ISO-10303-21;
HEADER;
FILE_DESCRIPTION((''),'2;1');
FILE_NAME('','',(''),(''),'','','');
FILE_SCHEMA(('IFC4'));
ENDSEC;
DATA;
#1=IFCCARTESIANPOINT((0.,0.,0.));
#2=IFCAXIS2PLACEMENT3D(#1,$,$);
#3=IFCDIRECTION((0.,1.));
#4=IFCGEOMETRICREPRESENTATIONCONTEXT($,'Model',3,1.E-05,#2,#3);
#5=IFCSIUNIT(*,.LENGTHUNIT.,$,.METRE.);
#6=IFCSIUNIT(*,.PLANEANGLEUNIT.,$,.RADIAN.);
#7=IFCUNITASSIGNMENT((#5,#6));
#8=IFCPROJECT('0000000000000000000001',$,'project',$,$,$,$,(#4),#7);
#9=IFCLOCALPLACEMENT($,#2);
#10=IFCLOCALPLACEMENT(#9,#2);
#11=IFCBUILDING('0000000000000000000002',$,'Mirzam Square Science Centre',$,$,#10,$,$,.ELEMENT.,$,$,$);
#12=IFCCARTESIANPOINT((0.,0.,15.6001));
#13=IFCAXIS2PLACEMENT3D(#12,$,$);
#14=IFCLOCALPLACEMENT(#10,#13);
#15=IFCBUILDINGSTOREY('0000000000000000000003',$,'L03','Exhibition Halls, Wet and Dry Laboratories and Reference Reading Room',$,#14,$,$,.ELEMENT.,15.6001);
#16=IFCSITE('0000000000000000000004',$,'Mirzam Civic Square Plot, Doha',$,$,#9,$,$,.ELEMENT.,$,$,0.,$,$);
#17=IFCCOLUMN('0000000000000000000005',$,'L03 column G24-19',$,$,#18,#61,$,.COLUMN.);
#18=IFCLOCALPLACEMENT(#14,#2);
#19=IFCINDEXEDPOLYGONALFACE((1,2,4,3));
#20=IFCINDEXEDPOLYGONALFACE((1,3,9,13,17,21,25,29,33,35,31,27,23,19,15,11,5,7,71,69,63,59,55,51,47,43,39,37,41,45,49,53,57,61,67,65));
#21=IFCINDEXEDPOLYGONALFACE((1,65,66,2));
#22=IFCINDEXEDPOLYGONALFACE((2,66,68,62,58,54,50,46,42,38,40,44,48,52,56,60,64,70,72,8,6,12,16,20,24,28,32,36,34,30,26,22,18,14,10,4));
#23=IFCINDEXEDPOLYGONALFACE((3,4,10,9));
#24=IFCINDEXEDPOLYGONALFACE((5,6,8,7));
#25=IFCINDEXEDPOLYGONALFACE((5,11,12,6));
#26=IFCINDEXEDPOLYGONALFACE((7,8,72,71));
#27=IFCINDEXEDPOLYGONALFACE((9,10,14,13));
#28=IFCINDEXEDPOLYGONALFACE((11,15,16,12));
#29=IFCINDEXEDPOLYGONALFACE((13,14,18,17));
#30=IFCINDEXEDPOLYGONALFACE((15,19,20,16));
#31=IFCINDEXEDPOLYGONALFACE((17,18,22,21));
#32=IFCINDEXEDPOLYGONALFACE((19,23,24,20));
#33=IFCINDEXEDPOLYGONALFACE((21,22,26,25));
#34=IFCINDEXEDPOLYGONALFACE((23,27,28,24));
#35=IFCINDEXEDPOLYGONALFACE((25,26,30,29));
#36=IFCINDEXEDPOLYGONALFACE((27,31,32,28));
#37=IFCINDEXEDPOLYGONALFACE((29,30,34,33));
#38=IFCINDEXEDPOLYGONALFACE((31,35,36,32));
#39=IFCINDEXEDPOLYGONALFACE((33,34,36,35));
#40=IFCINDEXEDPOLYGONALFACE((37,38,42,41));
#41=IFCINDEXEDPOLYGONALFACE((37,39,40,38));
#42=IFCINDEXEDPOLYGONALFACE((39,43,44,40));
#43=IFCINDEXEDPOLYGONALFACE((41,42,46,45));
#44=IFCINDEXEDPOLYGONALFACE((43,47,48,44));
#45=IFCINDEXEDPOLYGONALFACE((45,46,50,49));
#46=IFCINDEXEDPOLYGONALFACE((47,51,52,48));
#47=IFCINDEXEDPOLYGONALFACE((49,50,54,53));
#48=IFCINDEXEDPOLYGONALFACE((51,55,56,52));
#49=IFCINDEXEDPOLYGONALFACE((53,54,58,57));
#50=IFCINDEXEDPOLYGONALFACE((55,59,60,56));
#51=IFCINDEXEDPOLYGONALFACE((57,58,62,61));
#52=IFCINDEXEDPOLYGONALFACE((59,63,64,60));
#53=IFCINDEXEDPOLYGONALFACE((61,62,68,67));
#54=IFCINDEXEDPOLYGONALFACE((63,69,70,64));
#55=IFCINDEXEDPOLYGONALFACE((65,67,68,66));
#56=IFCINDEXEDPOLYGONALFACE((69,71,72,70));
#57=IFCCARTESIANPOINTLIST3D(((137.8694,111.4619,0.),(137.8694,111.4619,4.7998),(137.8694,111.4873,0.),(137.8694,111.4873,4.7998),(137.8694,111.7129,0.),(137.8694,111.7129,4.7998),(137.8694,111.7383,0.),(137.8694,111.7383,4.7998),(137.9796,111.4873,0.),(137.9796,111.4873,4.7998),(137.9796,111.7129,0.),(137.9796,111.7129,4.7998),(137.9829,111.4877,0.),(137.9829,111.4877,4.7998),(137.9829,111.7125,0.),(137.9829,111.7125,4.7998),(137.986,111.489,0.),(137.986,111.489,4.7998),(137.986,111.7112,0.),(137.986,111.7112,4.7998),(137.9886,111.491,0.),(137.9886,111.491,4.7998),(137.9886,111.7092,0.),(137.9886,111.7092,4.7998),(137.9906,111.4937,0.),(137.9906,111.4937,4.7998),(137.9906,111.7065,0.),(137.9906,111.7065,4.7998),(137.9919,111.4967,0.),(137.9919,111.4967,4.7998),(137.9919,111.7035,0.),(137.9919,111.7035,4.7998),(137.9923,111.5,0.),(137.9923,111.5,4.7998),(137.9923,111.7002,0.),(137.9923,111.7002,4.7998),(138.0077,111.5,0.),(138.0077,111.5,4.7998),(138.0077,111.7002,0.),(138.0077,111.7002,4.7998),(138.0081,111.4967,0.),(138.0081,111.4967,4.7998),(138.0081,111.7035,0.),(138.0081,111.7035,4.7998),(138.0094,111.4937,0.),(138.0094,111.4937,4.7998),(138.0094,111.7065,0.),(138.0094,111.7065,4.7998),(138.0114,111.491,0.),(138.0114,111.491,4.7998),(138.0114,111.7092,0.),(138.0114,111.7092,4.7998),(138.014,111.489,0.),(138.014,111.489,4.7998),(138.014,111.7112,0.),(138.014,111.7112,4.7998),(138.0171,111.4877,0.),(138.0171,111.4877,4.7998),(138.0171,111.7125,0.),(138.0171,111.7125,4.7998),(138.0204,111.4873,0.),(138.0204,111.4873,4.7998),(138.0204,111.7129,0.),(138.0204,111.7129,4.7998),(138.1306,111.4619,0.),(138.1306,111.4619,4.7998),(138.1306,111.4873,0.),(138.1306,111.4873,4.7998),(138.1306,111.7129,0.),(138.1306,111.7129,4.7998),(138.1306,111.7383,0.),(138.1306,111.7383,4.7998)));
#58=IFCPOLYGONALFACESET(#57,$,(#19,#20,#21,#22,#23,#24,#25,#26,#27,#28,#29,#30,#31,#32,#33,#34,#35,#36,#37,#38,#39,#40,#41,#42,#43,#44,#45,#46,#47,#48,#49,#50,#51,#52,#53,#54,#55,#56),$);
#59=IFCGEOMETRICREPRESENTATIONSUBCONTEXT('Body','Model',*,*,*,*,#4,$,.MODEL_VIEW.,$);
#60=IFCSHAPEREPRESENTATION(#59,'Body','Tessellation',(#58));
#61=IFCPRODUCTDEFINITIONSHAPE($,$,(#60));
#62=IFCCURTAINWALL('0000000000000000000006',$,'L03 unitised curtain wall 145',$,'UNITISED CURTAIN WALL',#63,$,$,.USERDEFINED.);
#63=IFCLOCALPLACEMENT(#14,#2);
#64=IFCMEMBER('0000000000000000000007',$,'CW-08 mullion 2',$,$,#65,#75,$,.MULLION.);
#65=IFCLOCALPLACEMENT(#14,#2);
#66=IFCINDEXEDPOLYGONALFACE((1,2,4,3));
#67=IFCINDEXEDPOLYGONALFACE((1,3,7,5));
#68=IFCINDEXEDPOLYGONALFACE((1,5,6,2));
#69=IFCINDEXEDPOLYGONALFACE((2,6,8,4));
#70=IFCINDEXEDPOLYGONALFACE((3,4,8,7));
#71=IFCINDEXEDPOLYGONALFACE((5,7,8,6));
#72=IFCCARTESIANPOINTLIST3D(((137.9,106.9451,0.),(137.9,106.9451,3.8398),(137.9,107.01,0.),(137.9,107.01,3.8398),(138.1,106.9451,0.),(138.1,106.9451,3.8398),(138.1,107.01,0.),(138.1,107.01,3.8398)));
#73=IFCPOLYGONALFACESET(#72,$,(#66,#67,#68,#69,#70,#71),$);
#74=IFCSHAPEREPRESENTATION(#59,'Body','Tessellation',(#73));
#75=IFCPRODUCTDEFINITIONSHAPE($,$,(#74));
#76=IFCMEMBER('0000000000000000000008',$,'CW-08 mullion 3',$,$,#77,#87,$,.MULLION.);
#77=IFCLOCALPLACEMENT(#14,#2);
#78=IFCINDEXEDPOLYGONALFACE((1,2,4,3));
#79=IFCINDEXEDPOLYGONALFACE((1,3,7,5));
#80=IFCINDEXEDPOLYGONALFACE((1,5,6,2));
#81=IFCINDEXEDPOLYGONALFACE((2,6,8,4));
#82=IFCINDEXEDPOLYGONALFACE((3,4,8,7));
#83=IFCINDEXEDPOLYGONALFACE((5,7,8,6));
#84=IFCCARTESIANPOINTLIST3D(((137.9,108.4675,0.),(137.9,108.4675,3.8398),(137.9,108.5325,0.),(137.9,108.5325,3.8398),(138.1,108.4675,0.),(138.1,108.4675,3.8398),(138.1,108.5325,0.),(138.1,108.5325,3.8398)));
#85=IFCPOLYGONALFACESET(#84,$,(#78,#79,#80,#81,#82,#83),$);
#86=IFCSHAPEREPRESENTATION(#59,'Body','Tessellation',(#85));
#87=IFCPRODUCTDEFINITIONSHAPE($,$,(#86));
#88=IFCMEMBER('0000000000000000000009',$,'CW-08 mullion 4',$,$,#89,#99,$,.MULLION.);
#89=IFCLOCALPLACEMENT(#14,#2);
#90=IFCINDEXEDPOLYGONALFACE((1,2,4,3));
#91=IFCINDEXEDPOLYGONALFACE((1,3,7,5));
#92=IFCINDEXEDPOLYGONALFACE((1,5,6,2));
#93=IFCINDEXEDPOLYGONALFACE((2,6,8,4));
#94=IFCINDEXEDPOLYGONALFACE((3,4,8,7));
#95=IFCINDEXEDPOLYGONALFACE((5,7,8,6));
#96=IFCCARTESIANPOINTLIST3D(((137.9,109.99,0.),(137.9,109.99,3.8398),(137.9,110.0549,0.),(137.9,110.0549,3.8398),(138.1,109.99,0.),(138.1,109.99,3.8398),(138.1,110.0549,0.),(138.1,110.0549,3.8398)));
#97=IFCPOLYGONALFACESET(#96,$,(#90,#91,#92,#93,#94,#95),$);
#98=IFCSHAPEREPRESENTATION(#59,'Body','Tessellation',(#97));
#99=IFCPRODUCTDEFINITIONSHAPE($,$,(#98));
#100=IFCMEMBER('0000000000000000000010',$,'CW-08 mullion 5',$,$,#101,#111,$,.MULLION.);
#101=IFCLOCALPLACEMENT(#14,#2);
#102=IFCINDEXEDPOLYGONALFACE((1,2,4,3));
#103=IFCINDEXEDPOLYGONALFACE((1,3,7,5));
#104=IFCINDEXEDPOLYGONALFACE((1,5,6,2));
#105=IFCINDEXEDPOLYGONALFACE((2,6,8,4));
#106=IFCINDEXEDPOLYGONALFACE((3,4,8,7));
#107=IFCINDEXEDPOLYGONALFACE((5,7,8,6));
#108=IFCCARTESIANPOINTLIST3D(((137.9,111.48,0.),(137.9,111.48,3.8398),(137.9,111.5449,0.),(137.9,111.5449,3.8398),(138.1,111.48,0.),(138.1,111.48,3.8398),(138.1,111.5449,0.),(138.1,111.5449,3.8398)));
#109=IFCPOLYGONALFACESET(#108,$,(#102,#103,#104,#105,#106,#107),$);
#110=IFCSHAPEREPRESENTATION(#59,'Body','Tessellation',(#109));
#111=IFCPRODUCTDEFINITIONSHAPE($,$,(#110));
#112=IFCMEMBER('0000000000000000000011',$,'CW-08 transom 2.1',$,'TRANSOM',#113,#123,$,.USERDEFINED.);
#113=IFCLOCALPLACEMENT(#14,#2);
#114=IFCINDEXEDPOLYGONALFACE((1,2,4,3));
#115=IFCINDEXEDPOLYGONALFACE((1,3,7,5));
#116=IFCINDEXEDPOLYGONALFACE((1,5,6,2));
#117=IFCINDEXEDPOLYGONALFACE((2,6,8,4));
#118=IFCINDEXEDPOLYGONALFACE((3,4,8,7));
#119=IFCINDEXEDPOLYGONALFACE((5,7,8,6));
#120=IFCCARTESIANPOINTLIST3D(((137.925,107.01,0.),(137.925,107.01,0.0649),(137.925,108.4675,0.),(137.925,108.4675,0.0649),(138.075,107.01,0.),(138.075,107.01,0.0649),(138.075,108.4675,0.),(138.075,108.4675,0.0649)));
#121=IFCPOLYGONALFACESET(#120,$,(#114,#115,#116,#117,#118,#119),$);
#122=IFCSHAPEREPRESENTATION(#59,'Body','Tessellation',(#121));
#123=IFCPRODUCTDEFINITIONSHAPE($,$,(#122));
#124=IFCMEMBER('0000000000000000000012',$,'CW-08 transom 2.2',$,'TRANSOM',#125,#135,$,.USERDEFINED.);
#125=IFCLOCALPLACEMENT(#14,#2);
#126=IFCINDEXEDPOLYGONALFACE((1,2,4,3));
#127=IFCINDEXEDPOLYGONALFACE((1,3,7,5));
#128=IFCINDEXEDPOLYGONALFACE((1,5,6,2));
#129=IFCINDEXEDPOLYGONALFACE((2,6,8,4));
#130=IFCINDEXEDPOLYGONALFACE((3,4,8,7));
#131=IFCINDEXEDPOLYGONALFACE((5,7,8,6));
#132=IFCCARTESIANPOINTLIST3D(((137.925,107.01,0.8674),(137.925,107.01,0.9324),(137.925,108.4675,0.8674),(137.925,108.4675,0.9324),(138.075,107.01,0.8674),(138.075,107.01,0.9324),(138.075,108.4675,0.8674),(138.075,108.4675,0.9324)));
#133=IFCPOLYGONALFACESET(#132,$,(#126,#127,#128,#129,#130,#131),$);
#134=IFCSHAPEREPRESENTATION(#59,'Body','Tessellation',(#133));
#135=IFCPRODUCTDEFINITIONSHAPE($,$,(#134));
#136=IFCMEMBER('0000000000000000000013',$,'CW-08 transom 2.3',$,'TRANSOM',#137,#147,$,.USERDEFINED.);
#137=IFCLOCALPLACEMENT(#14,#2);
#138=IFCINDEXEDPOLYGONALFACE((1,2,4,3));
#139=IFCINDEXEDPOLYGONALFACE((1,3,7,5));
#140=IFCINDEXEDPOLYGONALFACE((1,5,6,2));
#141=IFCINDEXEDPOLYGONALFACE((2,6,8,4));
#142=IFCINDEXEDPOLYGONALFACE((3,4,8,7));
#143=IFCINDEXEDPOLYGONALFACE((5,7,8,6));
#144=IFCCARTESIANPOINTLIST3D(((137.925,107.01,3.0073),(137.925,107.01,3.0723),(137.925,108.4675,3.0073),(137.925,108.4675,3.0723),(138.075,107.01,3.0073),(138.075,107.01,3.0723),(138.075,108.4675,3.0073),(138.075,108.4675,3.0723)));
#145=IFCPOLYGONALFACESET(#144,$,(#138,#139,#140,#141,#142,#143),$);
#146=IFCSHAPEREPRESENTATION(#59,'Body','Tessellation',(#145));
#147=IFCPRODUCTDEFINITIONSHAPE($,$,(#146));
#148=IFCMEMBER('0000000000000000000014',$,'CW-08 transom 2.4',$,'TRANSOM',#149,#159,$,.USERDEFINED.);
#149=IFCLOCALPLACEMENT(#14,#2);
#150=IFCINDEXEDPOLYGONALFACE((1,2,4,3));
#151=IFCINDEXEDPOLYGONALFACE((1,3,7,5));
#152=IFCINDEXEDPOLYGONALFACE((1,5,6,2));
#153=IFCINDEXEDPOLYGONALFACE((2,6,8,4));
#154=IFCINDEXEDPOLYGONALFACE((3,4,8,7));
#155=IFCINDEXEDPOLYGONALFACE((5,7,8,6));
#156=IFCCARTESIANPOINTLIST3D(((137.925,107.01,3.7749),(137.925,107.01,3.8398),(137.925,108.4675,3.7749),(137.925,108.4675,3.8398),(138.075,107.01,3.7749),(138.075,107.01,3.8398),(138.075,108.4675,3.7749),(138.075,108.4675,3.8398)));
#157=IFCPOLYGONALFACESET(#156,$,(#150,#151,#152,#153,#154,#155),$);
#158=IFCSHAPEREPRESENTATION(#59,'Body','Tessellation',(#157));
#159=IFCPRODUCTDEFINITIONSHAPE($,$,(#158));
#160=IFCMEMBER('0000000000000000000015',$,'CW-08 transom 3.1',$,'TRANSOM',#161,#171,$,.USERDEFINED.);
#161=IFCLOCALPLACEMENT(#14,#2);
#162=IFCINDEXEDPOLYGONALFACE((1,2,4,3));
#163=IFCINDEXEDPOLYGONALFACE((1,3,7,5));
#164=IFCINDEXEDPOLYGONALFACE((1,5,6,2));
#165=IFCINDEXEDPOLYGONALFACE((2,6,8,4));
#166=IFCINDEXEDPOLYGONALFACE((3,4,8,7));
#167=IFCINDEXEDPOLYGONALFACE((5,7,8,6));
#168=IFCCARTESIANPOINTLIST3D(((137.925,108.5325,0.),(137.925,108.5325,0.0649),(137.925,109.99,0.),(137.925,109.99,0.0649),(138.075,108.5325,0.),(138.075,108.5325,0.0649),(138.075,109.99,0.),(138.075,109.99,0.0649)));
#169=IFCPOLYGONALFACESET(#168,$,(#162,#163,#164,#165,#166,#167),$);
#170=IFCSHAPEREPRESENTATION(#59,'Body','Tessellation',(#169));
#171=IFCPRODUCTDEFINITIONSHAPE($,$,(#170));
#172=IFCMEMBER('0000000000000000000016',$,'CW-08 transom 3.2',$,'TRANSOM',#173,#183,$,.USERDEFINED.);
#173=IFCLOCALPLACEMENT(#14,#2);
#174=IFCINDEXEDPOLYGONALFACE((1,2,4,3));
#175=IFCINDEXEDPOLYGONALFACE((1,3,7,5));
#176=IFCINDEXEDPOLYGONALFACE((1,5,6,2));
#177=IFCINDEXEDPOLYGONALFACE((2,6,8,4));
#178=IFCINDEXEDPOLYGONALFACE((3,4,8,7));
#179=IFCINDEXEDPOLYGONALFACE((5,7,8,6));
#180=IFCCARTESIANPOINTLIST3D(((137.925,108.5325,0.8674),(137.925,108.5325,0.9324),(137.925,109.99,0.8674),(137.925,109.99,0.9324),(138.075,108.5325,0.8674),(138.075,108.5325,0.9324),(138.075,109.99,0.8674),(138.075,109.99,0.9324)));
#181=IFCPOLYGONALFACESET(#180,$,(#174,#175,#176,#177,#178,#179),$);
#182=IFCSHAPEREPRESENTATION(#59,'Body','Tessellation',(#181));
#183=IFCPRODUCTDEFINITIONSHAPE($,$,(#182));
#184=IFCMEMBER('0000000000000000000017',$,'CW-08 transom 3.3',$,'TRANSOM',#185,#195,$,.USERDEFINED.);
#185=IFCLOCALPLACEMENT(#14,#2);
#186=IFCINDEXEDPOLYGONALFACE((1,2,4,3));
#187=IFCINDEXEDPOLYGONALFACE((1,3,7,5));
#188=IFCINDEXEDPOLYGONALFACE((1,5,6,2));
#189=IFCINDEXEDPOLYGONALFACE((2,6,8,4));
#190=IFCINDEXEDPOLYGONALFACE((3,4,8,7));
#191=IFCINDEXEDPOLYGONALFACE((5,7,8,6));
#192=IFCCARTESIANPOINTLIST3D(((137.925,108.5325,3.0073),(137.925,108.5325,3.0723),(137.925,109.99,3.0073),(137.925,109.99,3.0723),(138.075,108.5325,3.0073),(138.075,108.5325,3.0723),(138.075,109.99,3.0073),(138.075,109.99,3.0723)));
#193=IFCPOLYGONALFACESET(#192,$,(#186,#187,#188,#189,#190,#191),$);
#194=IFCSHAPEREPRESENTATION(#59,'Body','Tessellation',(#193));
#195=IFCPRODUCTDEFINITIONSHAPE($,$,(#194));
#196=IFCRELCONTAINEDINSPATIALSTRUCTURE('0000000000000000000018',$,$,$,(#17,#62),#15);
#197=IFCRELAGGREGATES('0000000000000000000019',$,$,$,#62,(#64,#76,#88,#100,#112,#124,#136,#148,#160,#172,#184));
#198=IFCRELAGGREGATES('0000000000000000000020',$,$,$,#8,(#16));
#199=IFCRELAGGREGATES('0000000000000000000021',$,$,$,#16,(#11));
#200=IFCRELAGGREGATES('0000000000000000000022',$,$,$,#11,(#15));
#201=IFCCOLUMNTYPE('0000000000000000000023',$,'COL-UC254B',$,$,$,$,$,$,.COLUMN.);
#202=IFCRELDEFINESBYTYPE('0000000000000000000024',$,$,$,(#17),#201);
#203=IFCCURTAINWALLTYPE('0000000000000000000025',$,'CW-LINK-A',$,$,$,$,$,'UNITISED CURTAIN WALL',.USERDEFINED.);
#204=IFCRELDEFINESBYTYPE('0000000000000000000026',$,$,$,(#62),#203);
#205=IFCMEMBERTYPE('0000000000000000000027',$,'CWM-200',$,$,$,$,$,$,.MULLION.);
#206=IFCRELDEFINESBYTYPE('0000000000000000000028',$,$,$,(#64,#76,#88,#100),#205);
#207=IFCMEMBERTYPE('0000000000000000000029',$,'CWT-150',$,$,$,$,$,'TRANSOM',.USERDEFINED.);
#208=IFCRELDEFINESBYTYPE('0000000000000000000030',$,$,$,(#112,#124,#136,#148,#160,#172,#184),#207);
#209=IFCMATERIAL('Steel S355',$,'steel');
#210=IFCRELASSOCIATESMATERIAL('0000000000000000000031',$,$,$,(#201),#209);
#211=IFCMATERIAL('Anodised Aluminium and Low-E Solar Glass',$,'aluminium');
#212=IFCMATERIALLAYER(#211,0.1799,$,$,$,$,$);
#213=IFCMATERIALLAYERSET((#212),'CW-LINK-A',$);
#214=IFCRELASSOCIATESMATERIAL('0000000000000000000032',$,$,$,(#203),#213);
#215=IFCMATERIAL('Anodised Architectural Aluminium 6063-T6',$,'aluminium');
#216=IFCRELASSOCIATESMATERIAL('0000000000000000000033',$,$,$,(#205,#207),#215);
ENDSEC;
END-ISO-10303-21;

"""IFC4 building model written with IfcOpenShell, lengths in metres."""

from ifc_helpers import new_model, si_unit, direction, frame, origin, origin_2d, place, context, subcontext, project, spatial, rectangle, i_section, extrude, material, layer, layer_set, material_profile, profile_set, type_object, element, aggregate, save


model = new_model("IFC4")

# Units and contexts
model_context = context("Model", 3, precision=1e-05, world=origin(), true_north=direction((0.0, 1.0)))
body_context = subcontext(model_context, "Body", "Model", "MODEL_VIEW")
ifc_project = project(units=[si_unit("LENGTHUNIT", "METRE"), si_unit("PLANEANGLEUNIT", "RADIAN")], contexts=[model_context])

# Site, building, storey
site_placement = place(None, origin())
site = spatial("IfcSite", under=ifc_project, at=site_placement, Name="Mirzam Civic Square Plot, Doha", CompositionType="ELEMENT", RefElevation=0.0)
building_placement = place(site_placement, origin())
building = spatial("IfcBuilding", under=site, at=building_placement, Name="Mirzam Square Science Centre", CompositionType="ELEMENT")
storey_placement = place(building_placement, frame((0.0, 0.0, 15.6001)))
storey = spatial("IfcBuildingStorey", under=building, at=storey_placement, Name="L03", Description="Exhibition Halls, Wet and Dry Laboratories and Reference Reading Room", CompositionType="ELEMENT", Elevation=15.6001)

# Column
ifc_material_1 = material(Name="Steel S355", Category="steel")
ifc_material_profile_1 = material_profile(ifc_material_1, i_section(OverallWidth=0.2612, OverallDepth=0.2764, WebThickness=0.0154, FlangeThickness=0.0254, FilletRadius=0.0127, at=origin_2d()), Name="254x254x132UC")
ifc_profile_set_1 = profile_set([ifc_material_profile_1], Name="Steel S355")
column_type = type_object("IfcColumnType", Name="COL-UC254B", PredefinedType="COLUMN", material=ifc_profile_set_1)
column_placement = place(storey_placement, frame((138.0, 111.6001, 0.0), z_axis=(0.0, 0.0, 1.0), x_axis=(1.0, 0.0, 0.0)))
element("IfcColumn", 1, at=column_placement, inside=storey, type_object=column_type, Name="L03 column G24-19", PredefinedType="COLUMN", context=body_context, shape_type="SweptSolid", body=[
    extrude(i_section(OverallWidth=0.2612, OverallDepth=0.2764, WebThickness=0.0154, FlangeThickness=0.0254, FilletRadius=0.0127, at=origin_2d()), origin(), (0.0, 0.0, 1.0), 4.7998),
])

# Curtain wall, members
ifc_material_2 = material(Name="Anodised Aluminium and Low-E Solar Glass", Category="aluminium")
ifc_layer_1 = layer(ifc_material_2, 0.1799)
ifc_layer_set_1 = layer_set([ifc_layer_1], Name="CW-LINK-A")
curtain_wall_type = type_object("IfcCurtainWallType", Name="CW-LINK-A", ElementType="UNITISED CURTAIN WALL", PredefinedType="USERDEFINED", material=ifc_layer_set_1)
curtain_wall_placement = place(storey_placement, origin())
curtain_wall = element("IfcCurtainWall", 2, at=curtain_wall_placement, inside=storey, type_object=curtain_wall_type, Name="L03 unitised curtain wall 145", ObjectType="UNITISED CURTAIN WALL", PredefinedType="USERDEFINED")
ifc_material_3 = material(Name="Anodised Architectural Aluminium 6063-T6", Category="aluminium")
ifc_material_profile_2 = material_profile(ifc_material_3, rectangle(XDim=0.0649, YDim=0.2, at=origin_2d()), Name="ALU-MULL-200x65x5")
ifc_profile_set_2 = profile_set([ifc_material_profile_2], Name="Anodised Architectural Aluminium 6063-T6")
member_type_1 = type_object("IfcMemberType", Name="CWM-200", PredefinedType="MULLION", material=ifc_profile_set_2)
member_1_placement = place(storey_placement, frame((138.0, 106.9775, 0.0), z_axis=(0.0, 0.0, 1.0), x_axis=(0.0, 1.0, 0.0)))
member_1 = element("IfcMember", 3, at=member_1_placement, type_object=member_type_1, Name="CW-08 mullion 2", PredefinedType="MULLION", context=body_context, shape_type="SweptSolid", body=[
    extrude(rectangle(XDim=0.0649, YDim=0.2, at=origin_2d()), origin(), (0.0, 0.0, 1.0), 3.8398),
])
member_2_placement = place(storey_placement, frame((138.0, 108.5, 0.0), z_axis=(0.0, 0.0, 1.0), x_axis=(0.0, 1.0, 0.0)))
member_2 = element("IfcMember", 4, at=member_2_placement, type_object=member_type_1, Name="CW-08 mullion 3", PredefinedType="MULLION", context=body_context, shape_type="SweptSolid", body=[
    extrude(rectangle(XDim=0.0649, YDim=0.2, at=origin_2d()), origin(), (0.0, 0.0, 1.0), 3.8398),
])
member_3_placement = place(storey_placement, frame((138.0, 110.0225, 0.0), z_axis=(0.0, 0.0, 1.0), x_axis=(0.0, 1.0, 0.0)))
member_3 = element("IfcMember", 5, at=member_3_placement, type_object=member_type_1, Name="CW-08 mullion 4", PredefinedType="MULLION", context=body_context, shape_type="SweptSolid", body=[
    extrude(rectangle(XDim=0.0649, YDim=0.2, at=origin_2d()), origin(), (0.0, 0.0, 1.0), 3.8398),
])
member_4_placement = place(storey_placement, frame((138.0, 111.5125, 0.0), z_axis=(0.0, 0.0, 1.0), x_axis=(0.0, 1.0, 0.0)))
member_4 = element("IfcMember", 6, at=member_4_placement, type_object=member_type_1, Name="CW-08 mullion 5", PredefinedType="MULLION", context=body_context, shape_type="SweptSolid", body=[
    extrude(rectangle(XDim=0.0649, YDim=0.2, at=origin_2d()), origin(), (0.0, 0.0, 1.0), 3.8398),
])
ifc_material_profile_3 = material_profile(ifc_material_3, rectangle(XDim=0.1499, YDim=0.0649, at=origin_2d()), Name="ALU-TRAN-150x65x4")
ifc_profile_set_3 = profile_set([ifc_material_profile_3], Name="Anodised Architectural Aluminium 6063-T6")
member_type_2 = type_object("IfcMemberType", Name="CWT-150", ElementType="TRANSOM", PredefinedType="USERDEFINED", material=ifc_profile_set_3)
member_5_placement = place(storey_placement, frame((138.0, 107.01, 0.0325), z_axis=(0.0, 1.0, 0.0), x_axis=(-1.0, 0.0, 0.0)))
member_5 = element("IfcMember", 7, at=member_5_placement, type_object=member_type_2, Name="CW-08 transom 2.1", ObjectType="TRANSOM", PredefinedType="USERDEFINED", context=body_context, shape_type="SweptSolid", body=[
    extrude(rectangle(XDim=0.1499, YDim=0.0649, at=origin_2d()), origin(), (0.0, 0.0, 1.0), 1.4575),
])
member_6_placement = place(storey_placement, frame((138.0, 107.01, 0.8999), z_axis=(0.0, 1.0, 0.0), x_axis=(-1.0, 0.0, 0.0)))
member_6 = element("IfcMember", 8, at=member_6_placement, type_object=member_type_2, Name="CW-08 transom 2.2", ObjectType="TRANSOM", PredefinedType="USERDEFINED", context=body_context, shape_type="SweptSolid", body=[
    extrude(rectangle(XDim=0.1499, YDim=0.0649, at=origin_2d()), origin(), (0.0, 0.0, 1.0), 1.4575),
])
member_7_placement = place(storey_placement, frame((138.0, 107.01, 3.0398), z_axis=(0.0, 1.0, 0.0), x_axis=(-1.0, 0.0, 0.0)))
member_7 = element("IfcMember", 9, at=member_7_placement, type_object=member_type_2, Name="CW-08 transom 2.3", ObjectType="TRANSOM", PredefinedType="USERDEFINED", context=body_context, shape_type="SweptSolid", body=[
    extrude(rectangle(XDim=0.1499, YDim=0.0649, at=origin_2d()), origin(), (0.0, 0.0, 1.0), 1.4575),
])
member_8_placement = place(storey_placement, frame((138.0, 107.01, 3.8074), z_axis=(0.0, 1.0, 0.0), x_axis=(-1.0, 0.0, 0.0)))
member_8 = element("IfcMember", 10, at=member_8_placement, type_object=member_type_2, Name="CW-08 transom 2.4", ObjectType="TRANSOM", PredefinedType="USERDEFINED", context=body_context, shape_type="SweptSolid", body=[
    extrude(rectangle(XDim=0.1499, YDim=0.0649, at=origin_2d()), origin(), (0.0, 0.0, 1.0), 1.4575),
])
member_9_placement = place(storey_placement, frame((138.0, 108.5325, 0.0325), z_axis=(0.0, 1.0, 0.0), x_axis=(-1.0, 0.0, 0.0)))
member_9 = element("IfcMember", 11, at=member_9_placement, type_object=member_type_2, Name="CW-08 transom 3.1", ObjectType="TRANSOM", PredefinedType="USERDEFINED", context=body_context, shape_type="SweptSolid", body=[
    extrude(rectangle(XDim=0.1499, YDim=0.0649, at=origin_2d()), origin(), (0.0, 0.0, 1.0), 1.4575),
])
member_10_placement = place(storey_placement, frame((138.0, 108.5325, 0.8999), z_axis=(0.0, 1.0, 0.0), x_axis=(-1.0, 0.0, 0.0)))
member_10 = element("IfcMember", 12, at=member_10_placement, type_object=member_type_2, Name="CW-08 transom 3.2", ObjectType="TRANSOM", PredefinedType="USERDEFINED", context=body_context, shape_type="SweptSolid", body=[
    extrude(rectangle(XDim=0.1499, YDim=0.0649, at=origin_2d()), origin(), (0.0, 0.0, 1.0), 1.4575),
])
member_11_placement = place(storey_placement, frame((138.0, 108.5325, 3.0398), z_axis=(0.0, 1.0, 0.0), x_axis=(-1.0, 0.0, 0.0)))
member_11 = element("IfcMember", 13, at=member_11_placement, type_object=member_type_2, Name="CW-08 transom 3.3", ObjectType="TRANSOM", PredefinedType="USERDEFINED", context=body_context, shape_type="SweptSolid", body=[
    extrude(rectangle(XDim=0.1499, YDim=0.0649, at=origin_2d()), origin(), (0.0, 0.0, 1.0), 1.4575),
])
aggregate(curtain_wall, [member_1, member_2, member_3, member_4, member_5, member_6, member_7, member_8, member_9, member_10, member_11])

save(model, "model.ifc")
